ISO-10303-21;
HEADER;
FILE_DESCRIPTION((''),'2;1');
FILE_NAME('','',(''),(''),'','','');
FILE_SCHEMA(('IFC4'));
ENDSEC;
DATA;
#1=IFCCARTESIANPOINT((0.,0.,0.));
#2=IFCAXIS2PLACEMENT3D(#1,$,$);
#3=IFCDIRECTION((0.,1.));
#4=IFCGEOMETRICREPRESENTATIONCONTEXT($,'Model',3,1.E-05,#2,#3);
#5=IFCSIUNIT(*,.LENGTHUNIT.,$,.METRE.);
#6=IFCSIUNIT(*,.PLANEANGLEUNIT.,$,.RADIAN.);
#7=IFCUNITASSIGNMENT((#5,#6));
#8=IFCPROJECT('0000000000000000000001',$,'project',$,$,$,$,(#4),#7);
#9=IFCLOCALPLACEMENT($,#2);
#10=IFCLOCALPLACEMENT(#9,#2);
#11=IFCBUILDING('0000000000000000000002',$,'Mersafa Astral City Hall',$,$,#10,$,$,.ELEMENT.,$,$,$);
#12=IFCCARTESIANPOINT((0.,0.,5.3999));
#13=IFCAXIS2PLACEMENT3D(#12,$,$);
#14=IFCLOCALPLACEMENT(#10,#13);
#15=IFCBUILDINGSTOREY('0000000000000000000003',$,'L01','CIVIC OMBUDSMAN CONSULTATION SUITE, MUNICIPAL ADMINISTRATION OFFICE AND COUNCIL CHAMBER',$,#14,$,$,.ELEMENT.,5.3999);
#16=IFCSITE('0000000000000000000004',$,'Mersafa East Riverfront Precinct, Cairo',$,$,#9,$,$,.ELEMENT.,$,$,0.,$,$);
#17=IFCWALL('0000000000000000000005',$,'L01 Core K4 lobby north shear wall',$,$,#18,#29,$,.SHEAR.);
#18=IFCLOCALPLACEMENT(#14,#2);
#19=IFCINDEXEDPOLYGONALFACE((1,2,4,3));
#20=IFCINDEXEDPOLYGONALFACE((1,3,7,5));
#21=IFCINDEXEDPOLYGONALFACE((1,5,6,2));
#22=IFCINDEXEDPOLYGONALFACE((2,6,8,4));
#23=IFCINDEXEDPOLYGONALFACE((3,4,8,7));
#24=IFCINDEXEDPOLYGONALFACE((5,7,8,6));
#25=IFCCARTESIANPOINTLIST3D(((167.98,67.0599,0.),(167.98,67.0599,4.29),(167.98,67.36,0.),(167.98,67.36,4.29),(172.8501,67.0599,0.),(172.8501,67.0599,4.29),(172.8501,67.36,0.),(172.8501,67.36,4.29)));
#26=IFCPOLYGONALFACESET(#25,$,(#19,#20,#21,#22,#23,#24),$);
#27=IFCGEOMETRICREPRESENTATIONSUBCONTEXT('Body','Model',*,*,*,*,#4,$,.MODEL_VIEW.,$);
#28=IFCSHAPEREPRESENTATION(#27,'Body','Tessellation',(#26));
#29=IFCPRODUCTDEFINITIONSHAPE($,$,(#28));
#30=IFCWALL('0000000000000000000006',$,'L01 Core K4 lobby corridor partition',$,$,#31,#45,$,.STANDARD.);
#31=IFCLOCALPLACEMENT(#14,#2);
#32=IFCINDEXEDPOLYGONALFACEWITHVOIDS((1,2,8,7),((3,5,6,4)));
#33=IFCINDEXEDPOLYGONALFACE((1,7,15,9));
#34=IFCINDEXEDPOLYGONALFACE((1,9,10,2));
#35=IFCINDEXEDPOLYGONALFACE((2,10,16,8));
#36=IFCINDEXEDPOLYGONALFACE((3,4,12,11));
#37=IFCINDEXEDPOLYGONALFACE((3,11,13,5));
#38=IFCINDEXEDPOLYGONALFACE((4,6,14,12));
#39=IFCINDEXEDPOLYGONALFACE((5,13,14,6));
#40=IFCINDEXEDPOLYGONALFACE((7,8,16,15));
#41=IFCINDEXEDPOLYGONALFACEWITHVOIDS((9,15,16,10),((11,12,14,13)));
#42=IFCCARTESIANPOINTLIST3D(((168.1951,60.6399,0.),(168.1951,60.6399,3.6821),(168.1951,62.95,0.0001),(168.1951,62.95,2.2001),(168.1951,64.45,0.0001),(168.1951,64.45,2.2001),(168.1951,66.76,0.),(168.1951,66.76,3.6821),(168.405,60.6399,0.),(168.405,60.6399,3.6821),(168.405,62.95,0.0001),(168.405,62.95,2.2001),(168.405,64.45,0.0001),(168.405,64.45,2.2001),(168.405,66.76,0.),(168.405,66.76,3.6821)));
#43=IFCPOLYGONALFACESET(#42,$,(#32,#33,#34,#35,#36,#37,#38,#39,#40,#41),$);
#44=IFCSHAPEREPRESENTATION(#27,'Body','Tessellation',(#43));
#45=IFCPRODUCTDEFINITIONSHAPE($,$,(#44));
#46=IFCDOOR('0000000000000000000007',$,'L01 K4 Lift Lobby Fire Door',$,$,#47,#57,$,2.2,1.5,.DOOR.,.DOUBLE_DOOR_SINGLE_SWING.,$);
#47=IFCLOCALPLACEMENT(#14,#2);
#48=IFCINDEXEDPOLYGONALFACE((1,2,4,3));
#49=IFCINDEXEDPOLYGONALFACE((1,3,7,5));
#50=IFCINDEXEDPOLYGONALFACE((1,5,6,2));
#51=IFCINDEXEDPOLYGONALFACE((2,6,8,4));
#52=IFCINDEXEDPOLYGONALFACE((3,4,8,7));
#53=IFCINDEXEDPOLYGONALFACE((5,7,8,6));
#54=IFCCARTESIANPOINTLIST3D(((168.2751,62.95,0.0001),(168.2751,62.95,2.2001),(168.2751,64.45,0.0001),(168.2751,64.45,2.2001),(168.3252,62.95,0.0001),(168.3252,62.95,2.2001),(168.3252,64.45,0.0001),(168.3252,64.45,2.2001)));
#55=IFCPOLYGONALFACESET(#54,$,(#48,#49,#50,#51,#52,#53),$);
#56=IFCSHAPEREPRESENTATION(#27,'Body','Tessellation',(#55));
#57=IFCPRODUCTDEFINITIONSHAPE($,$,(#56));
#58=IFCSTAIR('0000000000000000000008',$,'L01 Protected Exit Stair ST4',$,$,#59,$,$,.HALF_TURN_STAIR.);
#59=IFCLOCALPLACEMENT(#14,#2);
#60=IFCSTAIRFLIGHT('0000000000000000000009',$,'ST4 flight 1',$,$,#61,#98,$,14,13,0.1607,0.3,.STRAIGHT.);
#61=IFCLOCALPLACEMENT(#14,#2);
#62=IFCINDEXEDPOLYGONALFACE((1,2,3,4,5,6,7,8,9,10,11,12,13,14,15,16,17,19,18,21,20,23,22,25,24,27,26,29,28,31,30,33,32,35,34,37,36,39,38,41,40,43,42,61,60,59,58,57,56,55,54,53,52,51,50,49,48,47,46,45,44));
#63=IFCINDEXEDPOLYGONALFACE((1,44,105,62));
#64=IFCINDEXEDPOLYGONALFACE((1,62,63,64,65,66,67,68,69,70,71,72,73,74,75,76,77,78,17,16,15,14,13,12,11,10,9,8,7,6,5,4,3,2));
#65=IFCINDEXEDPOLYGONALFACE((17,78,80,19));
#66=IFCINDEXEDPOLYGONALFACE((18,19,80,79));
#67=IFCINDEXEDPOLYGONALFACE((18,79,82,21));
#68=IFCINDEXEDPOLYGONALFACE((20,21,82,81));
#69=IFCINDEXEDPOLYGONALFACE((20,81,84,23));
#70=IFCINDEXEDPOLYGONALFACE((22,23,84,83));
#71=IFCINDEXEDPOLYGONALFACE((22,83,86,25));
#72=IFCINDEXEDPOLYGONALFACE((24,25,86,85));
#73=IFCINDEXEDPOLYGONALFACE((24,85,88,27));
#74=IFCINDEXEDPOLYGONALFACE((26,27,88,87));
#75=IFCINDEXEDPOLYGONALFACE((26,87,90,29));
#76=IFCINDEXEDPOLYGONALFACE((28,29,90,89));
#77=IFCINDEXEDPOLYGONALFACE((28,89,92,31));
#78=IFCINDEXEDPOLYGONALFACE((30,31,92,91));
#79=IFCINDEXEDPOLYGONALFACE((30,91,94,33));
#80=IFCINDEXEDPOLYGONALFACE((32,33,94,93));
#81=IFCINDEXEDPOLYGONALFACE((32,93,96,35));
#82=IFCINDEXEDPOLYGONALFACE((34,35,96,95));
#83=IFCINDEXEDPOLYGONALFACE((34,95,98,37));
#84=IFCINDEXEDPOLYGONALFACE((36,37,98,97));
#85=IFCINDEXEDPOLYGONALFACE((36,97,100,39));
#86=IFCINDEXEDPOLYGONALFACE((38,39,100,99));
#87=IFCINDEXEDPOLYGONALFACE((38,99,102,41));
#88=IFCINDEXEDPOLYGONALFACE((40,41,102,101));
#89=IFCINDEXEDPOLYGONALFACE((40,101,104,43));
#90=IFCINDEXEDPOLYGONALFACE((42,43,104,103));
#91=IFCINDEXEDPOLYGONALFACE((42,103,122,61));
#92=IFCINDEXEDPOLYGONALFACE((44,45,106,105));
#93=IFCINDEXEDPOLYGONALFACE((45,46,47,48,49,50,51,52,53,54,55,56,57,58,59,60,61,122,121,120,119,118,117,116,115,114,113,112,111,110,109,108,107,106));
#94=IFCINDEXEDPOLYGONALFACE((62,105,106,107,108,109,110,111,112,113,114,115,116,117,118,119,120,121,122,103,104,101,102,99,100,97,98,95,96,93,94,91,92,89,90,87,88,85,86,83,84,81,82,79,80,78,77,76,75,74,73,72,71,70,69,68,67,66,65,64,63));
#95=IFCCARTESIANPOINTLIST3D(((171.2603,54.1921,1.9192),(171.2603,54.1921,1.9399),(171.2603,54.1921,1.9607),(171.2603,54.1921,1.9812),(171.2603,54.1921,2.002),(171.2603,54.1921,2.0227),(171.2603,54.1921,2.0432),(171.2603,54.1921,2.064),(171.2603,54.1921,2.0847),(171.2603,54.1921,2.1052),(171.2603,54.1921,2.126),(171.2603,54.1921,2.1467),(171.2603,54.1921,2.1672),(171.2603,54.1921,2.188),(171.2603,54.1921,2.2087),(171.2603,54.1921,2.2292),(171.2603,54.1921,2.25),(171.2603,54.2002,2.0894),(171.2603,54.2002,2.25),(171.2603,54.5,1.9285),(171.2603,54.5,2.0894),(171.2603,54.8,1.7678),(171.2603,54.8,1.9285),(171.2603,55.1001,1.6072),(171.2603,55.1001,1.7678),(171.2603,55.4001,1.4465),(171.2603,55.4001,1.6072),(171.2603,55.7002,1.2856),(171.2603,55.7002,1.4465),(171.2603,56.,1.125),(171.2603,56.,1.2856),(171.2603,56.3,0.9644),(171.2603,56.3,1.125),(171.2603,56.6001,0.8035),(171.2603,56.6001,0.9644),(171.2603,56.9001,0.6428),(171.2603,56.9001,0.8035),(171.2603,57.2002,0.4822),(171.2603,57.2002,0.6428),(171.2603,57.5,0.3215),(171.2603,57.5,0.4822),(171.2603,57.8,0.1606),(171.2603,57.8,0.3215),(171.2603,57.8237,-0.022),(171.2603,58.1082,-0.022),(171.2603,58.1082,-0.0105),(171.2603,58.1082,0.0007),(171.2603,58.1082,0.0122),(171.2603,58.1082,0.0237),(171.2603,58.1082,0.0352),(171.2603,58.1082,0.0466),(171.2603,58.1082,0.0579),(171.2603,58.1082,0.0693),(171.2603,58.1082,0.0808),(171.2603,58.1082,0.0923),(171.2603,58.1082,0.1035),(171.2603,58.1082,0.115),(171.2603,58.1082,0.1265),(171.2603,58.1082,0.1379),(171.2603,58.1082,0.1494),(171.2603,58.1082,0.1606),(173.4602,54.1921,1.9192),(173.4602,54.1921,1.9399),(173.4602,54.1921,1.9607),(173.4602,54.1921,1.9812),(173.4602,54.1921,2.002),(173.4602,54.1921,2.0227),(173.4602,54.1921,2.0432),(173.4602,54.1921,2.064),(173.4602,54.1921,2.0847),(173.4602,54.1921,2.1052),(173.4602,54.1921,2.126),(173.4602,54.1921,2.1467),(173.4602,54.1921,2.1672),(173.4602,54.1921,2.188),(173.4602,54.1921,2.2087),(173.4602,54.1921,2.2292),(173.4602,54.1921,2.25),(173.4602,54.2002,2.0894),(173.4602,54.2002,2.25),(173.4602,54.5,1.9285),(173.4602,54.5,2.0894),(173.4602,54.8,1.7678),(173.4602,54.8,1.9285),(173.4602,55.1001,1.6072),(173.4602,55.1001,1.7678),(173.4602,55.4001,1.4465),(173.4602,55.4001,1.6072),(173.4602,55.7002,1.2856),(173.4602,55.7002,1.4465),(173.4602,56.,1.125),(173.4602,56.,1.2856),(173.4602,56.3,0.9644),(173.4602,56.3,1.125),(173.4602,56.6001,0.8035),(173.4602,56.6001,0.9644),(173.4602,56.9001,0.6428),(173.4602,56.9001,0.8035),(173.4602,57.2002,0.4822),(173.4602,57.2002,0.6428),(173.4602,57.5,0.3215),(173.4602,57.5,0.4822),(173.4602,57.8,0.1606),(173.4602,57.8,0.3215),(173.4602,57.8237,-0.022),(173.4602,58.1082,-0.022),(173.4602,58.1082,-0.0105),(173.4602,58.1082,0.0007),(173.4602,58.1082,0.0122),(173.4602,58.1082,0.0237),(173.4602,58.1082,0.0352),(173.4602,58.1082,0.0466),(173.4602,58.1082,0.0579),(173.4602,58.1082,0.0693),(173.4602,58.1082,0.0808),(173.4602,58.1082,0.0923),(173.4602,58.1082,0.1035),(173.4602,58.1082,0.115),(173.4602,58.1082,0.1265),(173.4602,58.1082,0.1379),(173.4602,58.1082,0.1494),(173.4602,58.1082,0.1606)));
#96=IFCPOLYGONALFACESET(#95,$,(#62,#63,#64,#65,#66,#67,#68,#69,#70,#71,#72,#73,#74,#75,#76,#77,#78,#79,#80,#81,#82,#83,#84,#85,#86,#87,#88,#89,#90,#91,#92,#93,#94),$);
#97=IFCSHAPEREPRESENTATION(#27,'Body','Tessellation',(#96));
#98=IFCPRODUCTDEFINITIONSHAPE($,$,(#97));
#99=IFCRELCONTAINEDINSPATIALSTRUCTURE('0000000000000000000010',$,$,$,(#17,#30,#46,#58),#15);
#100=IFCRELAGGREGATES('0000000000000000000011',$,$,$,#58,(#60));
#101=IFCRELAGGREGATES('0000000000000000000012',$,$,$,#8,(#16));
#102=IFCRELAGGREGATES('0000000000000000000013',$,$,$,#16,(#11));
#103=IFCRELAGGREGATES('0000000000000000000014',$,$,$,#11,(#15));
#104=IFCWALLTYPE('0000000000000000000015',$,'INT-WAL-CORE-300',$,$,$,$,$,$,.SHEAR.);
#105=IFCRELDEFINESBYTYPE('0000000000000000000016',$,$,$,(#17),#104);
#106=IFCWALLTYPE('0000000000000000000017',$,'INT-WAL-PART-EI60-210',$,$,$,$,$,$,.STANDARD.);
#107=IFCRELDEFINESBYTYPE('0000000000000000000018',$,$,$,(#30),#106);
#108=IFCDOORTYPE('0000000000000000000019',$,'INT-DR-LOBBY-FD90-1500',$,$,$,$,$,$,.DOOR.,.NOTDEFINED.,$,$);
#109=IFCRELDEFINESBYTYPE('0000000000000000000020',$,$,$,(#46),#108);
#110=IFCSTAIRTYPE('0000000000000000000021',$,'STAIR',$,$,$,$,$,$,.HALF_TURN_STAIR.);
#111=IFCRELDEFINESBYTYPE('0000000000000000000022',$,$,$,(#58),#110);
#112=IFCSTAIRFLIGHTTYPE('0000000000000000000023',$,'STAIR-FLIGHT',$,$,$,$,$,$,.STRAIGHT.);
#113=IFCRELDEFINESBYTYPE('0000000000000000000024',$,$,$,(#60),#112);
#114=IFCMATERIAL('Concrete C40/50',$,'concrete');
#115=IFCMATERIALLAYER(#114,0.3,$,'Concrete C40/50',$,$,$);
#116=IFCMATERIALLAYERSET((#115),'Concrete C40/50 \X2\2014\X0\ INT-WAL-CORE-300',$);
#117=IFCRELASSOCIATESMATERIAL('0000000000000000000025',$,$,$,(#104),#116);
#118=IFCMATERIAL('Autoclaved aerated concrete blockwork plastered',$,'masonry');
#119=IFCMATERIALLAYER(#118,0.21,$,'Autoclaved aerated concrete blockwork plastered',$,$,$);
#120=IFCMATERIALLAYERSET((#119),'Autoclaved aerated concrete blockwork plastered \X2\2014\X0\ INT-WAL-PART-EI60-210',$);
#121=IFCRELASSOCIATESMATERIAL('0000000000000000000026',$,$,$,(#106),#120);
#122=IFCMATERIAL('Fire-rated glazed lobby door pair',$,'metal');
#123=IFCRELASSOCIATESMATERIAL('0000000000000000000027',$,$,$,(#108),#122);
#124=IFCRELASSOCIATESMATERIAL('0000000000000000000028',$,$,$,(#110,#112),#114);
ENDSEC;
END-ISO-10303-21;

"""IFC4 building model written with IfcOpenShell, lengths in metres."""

from ifc_helpers import new_model, si_unit, direction, frame, frame_2d, origin, place, context, subcontext, project, spatial, polyline, rectangle, outline, extrude, material, layer, layer_set, type_object, element, fill, aggregate, save


model = new_model("IFC4")

# Units and contexts
model_context = context("Model", 3, precision=1e-05, world=origin(), true_north=direction((0.0, 1.0)))
body_context = subcontext(model_context, "Body", "Model", "MODEL_VIEW")
ifc_project = project(units=[si_unit("LENGTHUNIT", "METRE"), si_unit("PLANEANGLEUNIT", "RADIAN")], contexts=[model_context])

# Site, building, storey
site_placement = place(None, origin())
site = spatial("IfcSite", under=ifc_project, at=site_placement, Name="Mersafa East Riverfront Precinct, Cairo", CompositionType="ELEMENT", RefElevation=0.0)
building_placement = place(site_placement, origin())
building = spatial("IfcBuilding", under=site, at=building_placement, Name="Mersafa Astral City Hall", CompositionType="ELEMENT")
storey_placement = place(building_placement, frame((0.0, 0.0, 5.3999)))
storey = spatial("IfcBuildingStorey", under=building, at=storey_placement, Name="L01", Description="CIVIC OMBUDSMAN CONSULTATION SUITE, MUNICIPAL ADMINISTRATION OFFICE AND COUNCIL CHAMBER", CompositionType="ELEMENT", Elevation=5.3999)

# Shared definitions
ifc_material_1 = material(Name="Concrete C40/50", Category="concrete")

# Wall
ifc_layer_1 = layer(ifc_material_1, 0.3, Name="Concrete C40/50")
ifc_layer_set_1 = layer_set([ifc_layer_1], Name="Concrete C40/50 — INT-WAL-CORE-300")
wall_type_1 = type_object("IfcWallType", Name="INT-WAL-CORE-300", PredefinedType="SHEAR", material=ifc_layer_set_1)
wall_1_placement = place(storey_placement, frame((167.98, 67.21, 0.0), z_axis=(0.0, 0.0, 1.0), x_axis=(1.0, 0.0, 0.0)))
element("IfcWall", 1, at=wall_1_placement, inside=storey, type_object=wall_type_1, Name="L01 Core K4 lobby north shear wall", PredefinedType="SHEAR", context=body_context, shape_type="SweptSolid", body=[
    extrude(rectangle(XDim=4.8701, YDim=0.3, at=frame_2d((2.4351, 0.0))), origin(), (0.0, 0.0, 1.0), 4.29),
])

# Wall, opening, door
ifc_material_2 = material(Name="Autoclaved aerated concrete blockwork plastered", Category="masonry")
ifc_layer_2 = layer(ifc_material_2, 0.21, Name="Autoclaved aerated concrete blockwork plastered")
ifc_layer_set_2 = layer_set([ifc_layer_2], Name="Autoclaved aerated concrete blockwork plastered — INT-WAL-PART-EI60-210")
wall_type_2 = type_object("IfcWallType", Name="INT-WAL-PART-EI60-210", PredefinedType="STANDARD", material=ifc_layer_set_2)
wall_2_placement = place(storey_placement, frame((168.3, 60.6399, 0.0), z_axis=(0.0, 0.0, 1.0), x_axis=(0.0, 1.0, 0.0)))
wall_2 = element("IfcWall", 2, at=wall_2_placement, inside=storey, type_object=wall_type_2, Name="L01 Core K4 lobby corridor partition", PredefinedType="STANDARD", context=body_context, shape_type="SweptSolid", body=[
    extrude(rectangle(XDim=6.1201, YDim=0.21, at=frame_2d((3.0601, 0.0))), origin(), (0.0, 0.0, 1.0), 3.6821),
])
opening_1_placement = place(wall_2_placement, frame((2.3101, 0.0, 0.0)))
opening_1 = element("IfcOpeningElement", 3, at=opening_1_placement, cuts=wall_2, PredefinedType="OPENING", context=body_context, shape_type="SweptSolid", body=[
    extrude(rectangle(XDim=1.5, YDim=2.2, at=frame_2d((0.75, 1.1001))), frame((0.0, 0.115, 0.0), z_axis=(0.0, -1.0, 0.0), x_axis=(1.0, 0.0, 0.0)), (0.0, 0.0, 1.0), 0.23),
])
ifc_material_3 = material(Name="Fire-rated glazed lobby door pair", Category="metal")
door_type_1 = type_object("IfcDoorType", Name="INT-DR-LOBBY-FD90-1500", OperationType="NOTDEFINED", PredefinedType="DOOR", material=ifc_material_3)
door_1_placement = place(opening_1_placement, origin())
door_1 = element("IfcDoor", 4, at=door_1_placement, inside=storey, type_object=door_type_1, Name="L01 K4 Lift Lobby Fire Door", OperationType="DOUBLE_DOOR_SINGLE_SWING", OverallHeight=2.2, OverallWidth=1.5, PredefinedType="DOOR", context=body_context, shape_type="SweptSolid", body=[
    extrude(rectangle(XDim=1.5, YDim=2.2, at=frame_2d((0.75, 1.1001))), frame((0.0, 0.0249, 0.0), z_axis=(0.0, -1.0, 0.0), x_axis=(1.0, 0.0, 0.0)), (0.0, 0.0, 1.0), 0.05),
])
fill(opening_1, door_1)

# Stair, stair flight
stair_type = type_object("IfcStairType", Name="STAIR", PredefinedType="HALF_TURN_STAIR", material=ifc_material_1)
stair_placement = place(storey_placement, origin())
stair = element("IfcStair", 5, at=stair_placement, inside=storey, type_object=stair_type, Name="L01 Protected Exit Stair ST4", PredefinedType="HALF_TURN_STAIR")
stair_flight_type = type_object("IfcStairFlightType", Name="STAIR-FLIGHT", PredefinedType="STRAIGHT", material=ifc_material_1)
stair_flight_placement = place(storey_placement, frame((172.3601, 58.1001, 0.0), z_axis=(0.0, 0.0, 1.0), x_axis=(0.0, -1.0, 0.0)))
stair_flight = element("IfcStairFlight", 6, at=stair_flight_placement, type_object=stair_flight_type, Name="ST4 flight 1", NumberOfRisers=14, NumberOfTreads=13, PredefinedType="STRAIGHT", RiserHeight=0.1607, TreadLength=0.3, context=body_context, shape_type="SweptSolid", body=[
    extrude(outline(polyline([(-0.0081, -0.022), (-0.0081, -0.0105), (-0.0081, 0.0007), (-0.0081, 0.0122), (-0.0081, 0.0237), (-0.0081, 0.0352), (-0.0081, 0.0466), (-0.0081, 0.0579), (-0.0081, 0.0693), (-0.0081, 0.0808), (-0.0081, 0.0923), (-0.0081, 0.1035), (-0.0081, 0.115), (-0.0081, 0.1265), (-0.0081, 0.1379), (-0.0081, 0.1494), (-0.0081, 0.1606), (0.3, 0.1606), (0.3, 0.3215), (0.6001, 0.3215), (0.6001, 0.4822), (0.8999, 0.4822), (0.8999, 0.6428), (1.2, 0.6428), (1.2, 0.8035), (1.5, 0.8035), (1.5, 0.9644), (1.8, 0.9644), (1.8, 1.125), (2.1001, 1.125), (2.1001, 1.2856), (2.3999, 1.2856), (2.3999, 1.4465), (2.7, 1.4465), (2.7, 1.6072), (3.0, 1.6072), (3.0, 1.7678), (3.3, 1.7678), (3.3, 1.9285), (3.6001, 1.9285), (3.6001, 2.0894), (3.8999, 2.0894), (3.8999, 2.25), (3.908, 2.25), (3.908, 2.2292), (3.908, 2.2087), (3.908, 2.188), (3.908, 2.1672), (3.908, 2.1467), (3.908, 2.126), (3.908, 2.1052), (3.908, 2.0847), (3.908, 2.064), (3.908, 2.0432), (3.908, 2.0227), (3.908, 2.002), (3.908, 1.9812), (3.908, 1.9607), (3.908, 1.9399), (3.908, 1.9192), (0.2764, -0.022), (-0.0081, -0.022)])), frame((0.0, 1.1001, 0.0), z_axis=(0.0, -1.0, 0.0), x_axis=(1.0, 0.0, 0.0)), (0.0, 0.0, 1.0), 2.2),
])
aggregate(stair, [stair_flight])

save(model, "model.ifc")
